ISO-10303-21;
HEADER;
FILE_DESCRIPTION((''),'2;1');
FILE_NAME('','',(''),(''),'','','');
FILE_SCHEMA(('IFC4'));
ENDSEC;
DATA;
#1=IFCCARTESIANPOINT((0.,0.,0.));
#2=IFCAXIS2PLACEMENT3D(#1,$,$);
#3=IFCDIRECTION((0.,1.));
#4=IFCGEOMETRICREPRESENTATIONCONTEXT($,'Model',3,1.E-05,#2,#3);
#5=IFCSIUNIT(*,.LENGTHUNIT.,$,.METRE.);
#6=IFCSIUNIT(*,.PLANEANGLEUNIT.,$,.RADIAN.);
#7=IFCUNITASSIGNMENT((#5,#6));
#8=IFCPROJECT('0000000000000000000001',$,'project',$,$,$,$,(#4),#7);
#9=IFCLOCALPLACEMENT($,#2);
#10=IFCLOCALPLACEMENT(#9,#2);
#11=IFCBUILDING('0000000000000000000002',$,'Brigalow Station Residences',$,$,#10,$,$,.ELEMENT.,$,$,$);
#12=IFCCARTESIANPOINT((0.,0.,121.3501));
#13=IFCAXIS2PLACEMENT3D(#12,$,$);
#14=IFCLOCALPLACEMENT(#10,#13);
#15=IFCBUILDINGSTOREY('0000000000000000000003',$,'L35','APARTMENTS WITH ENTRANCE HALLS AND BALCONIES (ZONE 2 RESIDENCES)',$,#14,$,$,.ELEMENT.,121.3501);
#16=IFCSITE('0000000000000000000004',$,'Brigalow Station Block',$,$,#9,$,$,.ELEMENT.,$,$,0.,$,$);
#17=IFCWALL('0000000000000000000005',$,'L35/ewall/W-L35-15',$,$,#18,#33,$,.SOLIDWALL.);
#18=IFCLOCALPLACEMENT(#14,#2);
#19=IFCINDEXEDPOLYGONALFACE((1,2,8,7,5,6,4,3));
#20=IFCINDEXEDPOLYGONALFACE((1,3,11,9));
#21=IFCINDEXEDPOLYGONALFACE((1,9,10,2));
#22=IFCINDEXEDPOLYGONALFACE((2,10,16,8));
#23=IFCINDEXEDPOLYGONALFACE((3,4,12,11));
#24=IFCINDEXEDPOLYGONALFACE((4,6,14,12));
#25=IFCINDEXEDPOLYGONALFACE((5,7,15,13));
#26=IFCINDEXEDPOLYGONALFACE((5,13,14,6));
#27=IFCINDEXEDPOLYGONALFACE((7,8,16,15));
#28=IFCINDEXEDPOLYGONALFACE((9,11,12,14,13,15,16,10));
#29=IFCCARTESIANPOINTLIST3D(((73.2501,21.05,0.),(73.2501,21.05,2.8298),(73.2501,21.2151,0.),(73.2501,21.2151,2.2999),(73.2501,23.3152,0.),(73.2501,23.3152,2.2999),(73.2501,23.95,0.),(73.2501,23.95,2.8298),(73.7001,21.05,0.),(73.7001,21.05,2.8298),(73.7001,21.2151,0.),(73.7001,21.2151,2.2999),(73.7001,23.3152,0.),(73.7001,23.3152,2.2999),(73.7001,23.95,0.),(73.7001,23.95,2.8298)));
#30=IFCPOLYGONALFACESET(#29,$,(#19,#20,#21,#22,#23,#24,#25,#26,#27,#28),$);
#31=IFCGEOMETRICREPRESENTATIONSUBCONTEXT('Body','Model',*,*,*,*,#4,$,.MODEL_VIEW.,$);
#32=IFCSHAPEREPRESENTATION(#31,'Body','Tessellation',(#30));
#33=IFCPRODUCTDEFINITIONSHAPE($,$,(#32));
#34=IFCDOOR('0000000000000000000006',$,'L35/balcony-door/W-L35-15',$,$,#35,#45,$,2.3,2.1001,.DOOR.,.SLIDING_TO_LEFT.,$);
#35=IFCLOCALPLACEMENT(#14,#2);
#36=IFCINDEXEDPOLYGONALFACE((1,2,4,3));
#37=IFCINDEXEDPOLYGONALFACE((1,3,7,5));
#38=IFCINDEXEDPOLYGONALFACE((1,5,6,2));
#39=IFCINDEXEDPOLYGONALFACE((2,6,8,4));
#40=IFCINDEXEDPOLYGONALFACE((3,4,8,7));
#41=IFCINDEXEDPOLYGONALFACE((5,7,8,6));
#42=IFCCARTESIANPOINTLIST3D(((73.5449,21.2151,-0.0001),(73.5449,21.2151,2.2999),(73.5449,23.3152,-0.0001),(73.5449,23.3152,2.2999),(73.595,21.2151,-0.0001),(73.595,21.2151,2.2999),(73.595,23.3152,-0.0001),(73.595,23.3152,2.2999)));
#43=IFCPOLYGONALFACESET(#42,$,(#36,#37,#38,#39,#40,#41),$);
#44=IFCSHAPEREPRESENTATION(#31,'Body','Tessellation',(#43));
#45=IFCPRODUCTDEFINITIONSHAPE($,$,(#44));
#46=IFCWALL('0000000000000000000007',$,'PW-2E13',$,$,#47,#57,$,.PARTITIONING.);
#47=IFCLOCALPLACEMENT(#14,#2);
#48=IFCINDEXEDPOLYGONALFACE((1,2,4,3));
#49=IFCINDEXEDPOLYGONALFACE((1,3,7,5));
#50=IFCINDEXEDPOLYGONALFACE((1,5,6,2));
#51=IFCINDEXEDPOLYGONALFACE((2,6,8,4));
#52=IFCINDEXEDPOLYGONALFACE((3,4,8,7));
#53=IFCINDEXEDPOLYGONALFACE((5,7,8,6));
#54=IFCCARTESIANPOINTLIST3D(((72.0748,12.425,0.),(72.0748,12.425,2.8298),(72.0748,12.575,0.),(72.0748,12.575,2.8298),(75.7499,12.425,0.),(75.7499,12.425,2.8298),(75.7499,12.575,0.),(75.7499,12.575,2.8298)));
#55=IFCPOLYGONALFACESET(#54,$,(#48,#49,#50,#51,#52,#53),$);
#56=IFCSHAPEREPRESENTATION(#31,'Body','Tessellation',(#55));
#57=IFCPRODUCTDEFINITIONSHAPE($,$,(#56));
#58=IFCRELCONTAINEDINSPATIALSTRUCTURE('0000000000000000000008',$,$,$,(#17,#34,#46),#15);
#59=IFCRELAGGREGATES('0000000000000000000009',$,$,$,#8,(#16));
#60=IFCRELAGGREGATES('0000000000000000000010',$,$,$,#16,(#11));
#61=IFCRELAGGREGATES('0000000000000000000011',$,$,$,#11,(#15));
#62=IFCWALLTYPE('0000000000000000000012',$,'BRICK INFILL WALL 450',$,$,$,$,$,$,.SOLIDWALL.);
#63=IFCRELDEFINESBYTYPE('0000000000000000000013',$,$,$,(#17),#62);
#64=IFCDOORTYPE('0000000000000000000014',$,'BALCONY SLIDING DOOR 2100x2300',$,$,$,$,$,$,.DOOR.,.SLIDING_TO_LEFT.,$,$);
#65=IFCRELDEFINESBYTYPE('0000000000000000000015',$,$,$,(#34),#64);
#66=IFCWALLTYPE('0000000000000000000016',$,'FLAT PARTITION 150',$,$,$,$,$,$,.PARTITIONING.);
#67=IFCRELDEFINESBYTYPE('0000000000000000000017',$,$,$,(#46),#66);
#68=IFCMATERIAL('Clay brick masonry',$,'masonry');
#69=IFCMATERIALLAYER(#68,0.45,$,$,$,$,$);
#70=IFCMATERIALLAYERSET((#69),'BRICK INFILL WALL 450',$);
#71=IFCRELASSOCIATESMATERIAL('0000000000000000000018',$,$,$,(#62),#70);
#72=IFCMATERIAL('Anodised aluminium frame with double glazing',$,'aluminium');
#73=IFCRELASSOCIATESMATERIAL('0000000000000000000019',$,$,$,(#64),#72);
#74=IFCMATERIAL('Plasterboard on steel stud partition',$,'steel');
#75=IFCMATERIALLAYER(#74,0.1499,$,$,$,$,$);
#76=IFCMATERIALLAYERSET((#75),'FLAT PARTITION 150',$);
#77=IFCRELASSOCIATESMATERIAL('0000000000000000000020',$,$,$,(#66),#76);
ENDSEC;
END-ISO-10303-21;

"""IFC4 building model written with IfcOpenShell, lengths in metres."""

from ifc_helpers import new_model, si_unit, direction, frame, frame_2d, origin, place, context, subcontext, project, spatial, rectangle, extrude, material, layer, layer_set, type_object, element, fill, save


model = new_model("IFC4")

# Units and contexts
model_context = context("Model", 3, precision=1e-05, world=origin(), true_north=direction((0.0, 1.0)))
body_context = subcontext(model_context, "Body", "Model", "MODEL_VIEW")
ifc_project = project(units=[si_unit("LENGTHUNIT", "METRE"), si_unit("PLANEANGLEUNIT", "RADIAN")], contexts=[model_context])

# Site, building, storey
site_placement = place(None, origin())
site = spatial("IfcSite", under=ifc_project, at=site_placement, Name="Brigalow Station Block", CompositionType="ELEMENT", RefElevation=0.0)
building_placement = place(site_placement, origin())
building = spatial("IfcBuilding", under=site, at=building_placement, Name="Brigalow Station Residences", CompositionType="ELEMENT")
storey_placement = place(building_placement, frame((0.0, 0.0, 121.3501)))
storey = spatial("IfcBuildingStorey", under=building, at=storey_placement, Name="L35", Description="APARTMENTS WITH ENTRANCE HALLS AND BALCONIES (ZONE 2 RESIDENCES)", CompositionType="ELEMENT", Elevation=121.3501)

# Shared definitions
ifc_material_1 = material(Name="Clay brick masonry", Category="masonry")
ifc_layer_1 = layer(ifc_material_1, 0.45)
ifc_layer_set_1 = layer_set([ifc_layer_1], Name="BRICK INFILL WALL 450")
wall_type_1 = type_object("IfcWallType", Name="BRICK INFILL WALL 450", PredefinedType="SOLIDWALL", material=ifc_layer_set_1)

# Wall, opening, door
wall_1_placement = place(storey_placement, frame((73.4751, 21.05, 0.0), z_axis=(0.0, 0.0, 1.0), x_axis=(0.0, 1.0, 0.0)))
wall_1 = element("IfcWall", 1, at=wall_1_placement, inside=storey, type_object=wall_type_1, Name="L35/ewall/W-L35-15", PredefinedType="SOLIDWALL", context=body_context, shape_type="SweptSolid", body=[
    extrude(rectangle(XDim=2.8999, YDim=0.45, at=frame_2d((1.45, 0.0))), origin(), (0.0, 0.0, 1.0), 2.8298),
])
opening_1_placement = place(wall_1_placement, frame((0.165, 0.0, 0.0)))
opening_1 = element("IfcOpeningElement", 2, at=opening_1_placement, cuts=wall_1, PredefinedType="OPENING", context=body_context, shape_type="SweptSolid", body=[
    extrude(rectangle(XDim=2.1001, YDim=2.3, at=frame_2d((1.05, 1.1499))), frame((0.0, 0.2349, 0.0), z_axis=(0.0, -1.0, 0.0), x_axis=(1.0, 0.0, 0.0)), (0.0, 0.0, 1.0), 0.47),
])
ifc_material_2 = material(Name="Anodised aluminium frame with double glazing", Category="aluminium")
door_type_1 = type_object("IfcDoorType", Name="BALCONY SLIDING DOOR 2100x2300", OperationType="SLIDING_TO_LEFT", PredefinedType="DOOR", material=ifc_material_2)
door_1_placement = place(opening_1_placement, origin())
door_1 = element("IfcDoor", 3, at=door_1_placement, inside=storey, type_object=door_type_1, Name="L35/balcony-door/W-L35-15", OperationType="SLIDING_TO_LEFT", OverallHeight=2.3, OverallWidth=2.1001, PredefinedType="DOOR", context=body_context, shape_type="SweptSolid", body=[
    extrude(rectangle(XDim=2.1001, YDim=2.3, at=frame_2d((1.05, 1.1499))), frame((0.0, -0.0698, 0.0), z_axis=(0.0, -1.0, 0.0), x_axis=(1.0, 0.0, 0.0)), (0.0, 0.0, 1.0), 0.05),
])
fill(opening_1, door_1)

# Wall
ifc_material_3 = material(Name="Plasterboard on steel stud partition", Category="steel")
ifc_layer_2 = layer(ifc_material_3, 0.1499)
ifc_layer_set_2 = layer_set([ifc_layer_2], Name="FLAT PARTITION 150")
wall_type_2 = type_object("IfcWallType", Name="FLAT PARTITION 150", PredefinedType="PARTITIONING", material=ifc_layer_set_2)
wall_2_placement = place(storey_placement, frame((72.075, 12.5, 0.0), z_axis=(0.0, 0.0, 1.0), x_axis=(1.0, 0.0, 0.0)))
element("IfcWall", 4, at=wall_2_placement, inside=storey, type_object=wall_type_2, Name="PW-2E13", PredefinedType="PARTITIONING", context=body_context, shape_type="SweptSolid", body=[
    extrude(rectangle(XDim=3.675, YDim=0.1499, at=frame_2d((1.8374, 0.0))), origin(), (0.0, 0.0, 1.0), 2.8298),
])

save(model, "model.ifc")
